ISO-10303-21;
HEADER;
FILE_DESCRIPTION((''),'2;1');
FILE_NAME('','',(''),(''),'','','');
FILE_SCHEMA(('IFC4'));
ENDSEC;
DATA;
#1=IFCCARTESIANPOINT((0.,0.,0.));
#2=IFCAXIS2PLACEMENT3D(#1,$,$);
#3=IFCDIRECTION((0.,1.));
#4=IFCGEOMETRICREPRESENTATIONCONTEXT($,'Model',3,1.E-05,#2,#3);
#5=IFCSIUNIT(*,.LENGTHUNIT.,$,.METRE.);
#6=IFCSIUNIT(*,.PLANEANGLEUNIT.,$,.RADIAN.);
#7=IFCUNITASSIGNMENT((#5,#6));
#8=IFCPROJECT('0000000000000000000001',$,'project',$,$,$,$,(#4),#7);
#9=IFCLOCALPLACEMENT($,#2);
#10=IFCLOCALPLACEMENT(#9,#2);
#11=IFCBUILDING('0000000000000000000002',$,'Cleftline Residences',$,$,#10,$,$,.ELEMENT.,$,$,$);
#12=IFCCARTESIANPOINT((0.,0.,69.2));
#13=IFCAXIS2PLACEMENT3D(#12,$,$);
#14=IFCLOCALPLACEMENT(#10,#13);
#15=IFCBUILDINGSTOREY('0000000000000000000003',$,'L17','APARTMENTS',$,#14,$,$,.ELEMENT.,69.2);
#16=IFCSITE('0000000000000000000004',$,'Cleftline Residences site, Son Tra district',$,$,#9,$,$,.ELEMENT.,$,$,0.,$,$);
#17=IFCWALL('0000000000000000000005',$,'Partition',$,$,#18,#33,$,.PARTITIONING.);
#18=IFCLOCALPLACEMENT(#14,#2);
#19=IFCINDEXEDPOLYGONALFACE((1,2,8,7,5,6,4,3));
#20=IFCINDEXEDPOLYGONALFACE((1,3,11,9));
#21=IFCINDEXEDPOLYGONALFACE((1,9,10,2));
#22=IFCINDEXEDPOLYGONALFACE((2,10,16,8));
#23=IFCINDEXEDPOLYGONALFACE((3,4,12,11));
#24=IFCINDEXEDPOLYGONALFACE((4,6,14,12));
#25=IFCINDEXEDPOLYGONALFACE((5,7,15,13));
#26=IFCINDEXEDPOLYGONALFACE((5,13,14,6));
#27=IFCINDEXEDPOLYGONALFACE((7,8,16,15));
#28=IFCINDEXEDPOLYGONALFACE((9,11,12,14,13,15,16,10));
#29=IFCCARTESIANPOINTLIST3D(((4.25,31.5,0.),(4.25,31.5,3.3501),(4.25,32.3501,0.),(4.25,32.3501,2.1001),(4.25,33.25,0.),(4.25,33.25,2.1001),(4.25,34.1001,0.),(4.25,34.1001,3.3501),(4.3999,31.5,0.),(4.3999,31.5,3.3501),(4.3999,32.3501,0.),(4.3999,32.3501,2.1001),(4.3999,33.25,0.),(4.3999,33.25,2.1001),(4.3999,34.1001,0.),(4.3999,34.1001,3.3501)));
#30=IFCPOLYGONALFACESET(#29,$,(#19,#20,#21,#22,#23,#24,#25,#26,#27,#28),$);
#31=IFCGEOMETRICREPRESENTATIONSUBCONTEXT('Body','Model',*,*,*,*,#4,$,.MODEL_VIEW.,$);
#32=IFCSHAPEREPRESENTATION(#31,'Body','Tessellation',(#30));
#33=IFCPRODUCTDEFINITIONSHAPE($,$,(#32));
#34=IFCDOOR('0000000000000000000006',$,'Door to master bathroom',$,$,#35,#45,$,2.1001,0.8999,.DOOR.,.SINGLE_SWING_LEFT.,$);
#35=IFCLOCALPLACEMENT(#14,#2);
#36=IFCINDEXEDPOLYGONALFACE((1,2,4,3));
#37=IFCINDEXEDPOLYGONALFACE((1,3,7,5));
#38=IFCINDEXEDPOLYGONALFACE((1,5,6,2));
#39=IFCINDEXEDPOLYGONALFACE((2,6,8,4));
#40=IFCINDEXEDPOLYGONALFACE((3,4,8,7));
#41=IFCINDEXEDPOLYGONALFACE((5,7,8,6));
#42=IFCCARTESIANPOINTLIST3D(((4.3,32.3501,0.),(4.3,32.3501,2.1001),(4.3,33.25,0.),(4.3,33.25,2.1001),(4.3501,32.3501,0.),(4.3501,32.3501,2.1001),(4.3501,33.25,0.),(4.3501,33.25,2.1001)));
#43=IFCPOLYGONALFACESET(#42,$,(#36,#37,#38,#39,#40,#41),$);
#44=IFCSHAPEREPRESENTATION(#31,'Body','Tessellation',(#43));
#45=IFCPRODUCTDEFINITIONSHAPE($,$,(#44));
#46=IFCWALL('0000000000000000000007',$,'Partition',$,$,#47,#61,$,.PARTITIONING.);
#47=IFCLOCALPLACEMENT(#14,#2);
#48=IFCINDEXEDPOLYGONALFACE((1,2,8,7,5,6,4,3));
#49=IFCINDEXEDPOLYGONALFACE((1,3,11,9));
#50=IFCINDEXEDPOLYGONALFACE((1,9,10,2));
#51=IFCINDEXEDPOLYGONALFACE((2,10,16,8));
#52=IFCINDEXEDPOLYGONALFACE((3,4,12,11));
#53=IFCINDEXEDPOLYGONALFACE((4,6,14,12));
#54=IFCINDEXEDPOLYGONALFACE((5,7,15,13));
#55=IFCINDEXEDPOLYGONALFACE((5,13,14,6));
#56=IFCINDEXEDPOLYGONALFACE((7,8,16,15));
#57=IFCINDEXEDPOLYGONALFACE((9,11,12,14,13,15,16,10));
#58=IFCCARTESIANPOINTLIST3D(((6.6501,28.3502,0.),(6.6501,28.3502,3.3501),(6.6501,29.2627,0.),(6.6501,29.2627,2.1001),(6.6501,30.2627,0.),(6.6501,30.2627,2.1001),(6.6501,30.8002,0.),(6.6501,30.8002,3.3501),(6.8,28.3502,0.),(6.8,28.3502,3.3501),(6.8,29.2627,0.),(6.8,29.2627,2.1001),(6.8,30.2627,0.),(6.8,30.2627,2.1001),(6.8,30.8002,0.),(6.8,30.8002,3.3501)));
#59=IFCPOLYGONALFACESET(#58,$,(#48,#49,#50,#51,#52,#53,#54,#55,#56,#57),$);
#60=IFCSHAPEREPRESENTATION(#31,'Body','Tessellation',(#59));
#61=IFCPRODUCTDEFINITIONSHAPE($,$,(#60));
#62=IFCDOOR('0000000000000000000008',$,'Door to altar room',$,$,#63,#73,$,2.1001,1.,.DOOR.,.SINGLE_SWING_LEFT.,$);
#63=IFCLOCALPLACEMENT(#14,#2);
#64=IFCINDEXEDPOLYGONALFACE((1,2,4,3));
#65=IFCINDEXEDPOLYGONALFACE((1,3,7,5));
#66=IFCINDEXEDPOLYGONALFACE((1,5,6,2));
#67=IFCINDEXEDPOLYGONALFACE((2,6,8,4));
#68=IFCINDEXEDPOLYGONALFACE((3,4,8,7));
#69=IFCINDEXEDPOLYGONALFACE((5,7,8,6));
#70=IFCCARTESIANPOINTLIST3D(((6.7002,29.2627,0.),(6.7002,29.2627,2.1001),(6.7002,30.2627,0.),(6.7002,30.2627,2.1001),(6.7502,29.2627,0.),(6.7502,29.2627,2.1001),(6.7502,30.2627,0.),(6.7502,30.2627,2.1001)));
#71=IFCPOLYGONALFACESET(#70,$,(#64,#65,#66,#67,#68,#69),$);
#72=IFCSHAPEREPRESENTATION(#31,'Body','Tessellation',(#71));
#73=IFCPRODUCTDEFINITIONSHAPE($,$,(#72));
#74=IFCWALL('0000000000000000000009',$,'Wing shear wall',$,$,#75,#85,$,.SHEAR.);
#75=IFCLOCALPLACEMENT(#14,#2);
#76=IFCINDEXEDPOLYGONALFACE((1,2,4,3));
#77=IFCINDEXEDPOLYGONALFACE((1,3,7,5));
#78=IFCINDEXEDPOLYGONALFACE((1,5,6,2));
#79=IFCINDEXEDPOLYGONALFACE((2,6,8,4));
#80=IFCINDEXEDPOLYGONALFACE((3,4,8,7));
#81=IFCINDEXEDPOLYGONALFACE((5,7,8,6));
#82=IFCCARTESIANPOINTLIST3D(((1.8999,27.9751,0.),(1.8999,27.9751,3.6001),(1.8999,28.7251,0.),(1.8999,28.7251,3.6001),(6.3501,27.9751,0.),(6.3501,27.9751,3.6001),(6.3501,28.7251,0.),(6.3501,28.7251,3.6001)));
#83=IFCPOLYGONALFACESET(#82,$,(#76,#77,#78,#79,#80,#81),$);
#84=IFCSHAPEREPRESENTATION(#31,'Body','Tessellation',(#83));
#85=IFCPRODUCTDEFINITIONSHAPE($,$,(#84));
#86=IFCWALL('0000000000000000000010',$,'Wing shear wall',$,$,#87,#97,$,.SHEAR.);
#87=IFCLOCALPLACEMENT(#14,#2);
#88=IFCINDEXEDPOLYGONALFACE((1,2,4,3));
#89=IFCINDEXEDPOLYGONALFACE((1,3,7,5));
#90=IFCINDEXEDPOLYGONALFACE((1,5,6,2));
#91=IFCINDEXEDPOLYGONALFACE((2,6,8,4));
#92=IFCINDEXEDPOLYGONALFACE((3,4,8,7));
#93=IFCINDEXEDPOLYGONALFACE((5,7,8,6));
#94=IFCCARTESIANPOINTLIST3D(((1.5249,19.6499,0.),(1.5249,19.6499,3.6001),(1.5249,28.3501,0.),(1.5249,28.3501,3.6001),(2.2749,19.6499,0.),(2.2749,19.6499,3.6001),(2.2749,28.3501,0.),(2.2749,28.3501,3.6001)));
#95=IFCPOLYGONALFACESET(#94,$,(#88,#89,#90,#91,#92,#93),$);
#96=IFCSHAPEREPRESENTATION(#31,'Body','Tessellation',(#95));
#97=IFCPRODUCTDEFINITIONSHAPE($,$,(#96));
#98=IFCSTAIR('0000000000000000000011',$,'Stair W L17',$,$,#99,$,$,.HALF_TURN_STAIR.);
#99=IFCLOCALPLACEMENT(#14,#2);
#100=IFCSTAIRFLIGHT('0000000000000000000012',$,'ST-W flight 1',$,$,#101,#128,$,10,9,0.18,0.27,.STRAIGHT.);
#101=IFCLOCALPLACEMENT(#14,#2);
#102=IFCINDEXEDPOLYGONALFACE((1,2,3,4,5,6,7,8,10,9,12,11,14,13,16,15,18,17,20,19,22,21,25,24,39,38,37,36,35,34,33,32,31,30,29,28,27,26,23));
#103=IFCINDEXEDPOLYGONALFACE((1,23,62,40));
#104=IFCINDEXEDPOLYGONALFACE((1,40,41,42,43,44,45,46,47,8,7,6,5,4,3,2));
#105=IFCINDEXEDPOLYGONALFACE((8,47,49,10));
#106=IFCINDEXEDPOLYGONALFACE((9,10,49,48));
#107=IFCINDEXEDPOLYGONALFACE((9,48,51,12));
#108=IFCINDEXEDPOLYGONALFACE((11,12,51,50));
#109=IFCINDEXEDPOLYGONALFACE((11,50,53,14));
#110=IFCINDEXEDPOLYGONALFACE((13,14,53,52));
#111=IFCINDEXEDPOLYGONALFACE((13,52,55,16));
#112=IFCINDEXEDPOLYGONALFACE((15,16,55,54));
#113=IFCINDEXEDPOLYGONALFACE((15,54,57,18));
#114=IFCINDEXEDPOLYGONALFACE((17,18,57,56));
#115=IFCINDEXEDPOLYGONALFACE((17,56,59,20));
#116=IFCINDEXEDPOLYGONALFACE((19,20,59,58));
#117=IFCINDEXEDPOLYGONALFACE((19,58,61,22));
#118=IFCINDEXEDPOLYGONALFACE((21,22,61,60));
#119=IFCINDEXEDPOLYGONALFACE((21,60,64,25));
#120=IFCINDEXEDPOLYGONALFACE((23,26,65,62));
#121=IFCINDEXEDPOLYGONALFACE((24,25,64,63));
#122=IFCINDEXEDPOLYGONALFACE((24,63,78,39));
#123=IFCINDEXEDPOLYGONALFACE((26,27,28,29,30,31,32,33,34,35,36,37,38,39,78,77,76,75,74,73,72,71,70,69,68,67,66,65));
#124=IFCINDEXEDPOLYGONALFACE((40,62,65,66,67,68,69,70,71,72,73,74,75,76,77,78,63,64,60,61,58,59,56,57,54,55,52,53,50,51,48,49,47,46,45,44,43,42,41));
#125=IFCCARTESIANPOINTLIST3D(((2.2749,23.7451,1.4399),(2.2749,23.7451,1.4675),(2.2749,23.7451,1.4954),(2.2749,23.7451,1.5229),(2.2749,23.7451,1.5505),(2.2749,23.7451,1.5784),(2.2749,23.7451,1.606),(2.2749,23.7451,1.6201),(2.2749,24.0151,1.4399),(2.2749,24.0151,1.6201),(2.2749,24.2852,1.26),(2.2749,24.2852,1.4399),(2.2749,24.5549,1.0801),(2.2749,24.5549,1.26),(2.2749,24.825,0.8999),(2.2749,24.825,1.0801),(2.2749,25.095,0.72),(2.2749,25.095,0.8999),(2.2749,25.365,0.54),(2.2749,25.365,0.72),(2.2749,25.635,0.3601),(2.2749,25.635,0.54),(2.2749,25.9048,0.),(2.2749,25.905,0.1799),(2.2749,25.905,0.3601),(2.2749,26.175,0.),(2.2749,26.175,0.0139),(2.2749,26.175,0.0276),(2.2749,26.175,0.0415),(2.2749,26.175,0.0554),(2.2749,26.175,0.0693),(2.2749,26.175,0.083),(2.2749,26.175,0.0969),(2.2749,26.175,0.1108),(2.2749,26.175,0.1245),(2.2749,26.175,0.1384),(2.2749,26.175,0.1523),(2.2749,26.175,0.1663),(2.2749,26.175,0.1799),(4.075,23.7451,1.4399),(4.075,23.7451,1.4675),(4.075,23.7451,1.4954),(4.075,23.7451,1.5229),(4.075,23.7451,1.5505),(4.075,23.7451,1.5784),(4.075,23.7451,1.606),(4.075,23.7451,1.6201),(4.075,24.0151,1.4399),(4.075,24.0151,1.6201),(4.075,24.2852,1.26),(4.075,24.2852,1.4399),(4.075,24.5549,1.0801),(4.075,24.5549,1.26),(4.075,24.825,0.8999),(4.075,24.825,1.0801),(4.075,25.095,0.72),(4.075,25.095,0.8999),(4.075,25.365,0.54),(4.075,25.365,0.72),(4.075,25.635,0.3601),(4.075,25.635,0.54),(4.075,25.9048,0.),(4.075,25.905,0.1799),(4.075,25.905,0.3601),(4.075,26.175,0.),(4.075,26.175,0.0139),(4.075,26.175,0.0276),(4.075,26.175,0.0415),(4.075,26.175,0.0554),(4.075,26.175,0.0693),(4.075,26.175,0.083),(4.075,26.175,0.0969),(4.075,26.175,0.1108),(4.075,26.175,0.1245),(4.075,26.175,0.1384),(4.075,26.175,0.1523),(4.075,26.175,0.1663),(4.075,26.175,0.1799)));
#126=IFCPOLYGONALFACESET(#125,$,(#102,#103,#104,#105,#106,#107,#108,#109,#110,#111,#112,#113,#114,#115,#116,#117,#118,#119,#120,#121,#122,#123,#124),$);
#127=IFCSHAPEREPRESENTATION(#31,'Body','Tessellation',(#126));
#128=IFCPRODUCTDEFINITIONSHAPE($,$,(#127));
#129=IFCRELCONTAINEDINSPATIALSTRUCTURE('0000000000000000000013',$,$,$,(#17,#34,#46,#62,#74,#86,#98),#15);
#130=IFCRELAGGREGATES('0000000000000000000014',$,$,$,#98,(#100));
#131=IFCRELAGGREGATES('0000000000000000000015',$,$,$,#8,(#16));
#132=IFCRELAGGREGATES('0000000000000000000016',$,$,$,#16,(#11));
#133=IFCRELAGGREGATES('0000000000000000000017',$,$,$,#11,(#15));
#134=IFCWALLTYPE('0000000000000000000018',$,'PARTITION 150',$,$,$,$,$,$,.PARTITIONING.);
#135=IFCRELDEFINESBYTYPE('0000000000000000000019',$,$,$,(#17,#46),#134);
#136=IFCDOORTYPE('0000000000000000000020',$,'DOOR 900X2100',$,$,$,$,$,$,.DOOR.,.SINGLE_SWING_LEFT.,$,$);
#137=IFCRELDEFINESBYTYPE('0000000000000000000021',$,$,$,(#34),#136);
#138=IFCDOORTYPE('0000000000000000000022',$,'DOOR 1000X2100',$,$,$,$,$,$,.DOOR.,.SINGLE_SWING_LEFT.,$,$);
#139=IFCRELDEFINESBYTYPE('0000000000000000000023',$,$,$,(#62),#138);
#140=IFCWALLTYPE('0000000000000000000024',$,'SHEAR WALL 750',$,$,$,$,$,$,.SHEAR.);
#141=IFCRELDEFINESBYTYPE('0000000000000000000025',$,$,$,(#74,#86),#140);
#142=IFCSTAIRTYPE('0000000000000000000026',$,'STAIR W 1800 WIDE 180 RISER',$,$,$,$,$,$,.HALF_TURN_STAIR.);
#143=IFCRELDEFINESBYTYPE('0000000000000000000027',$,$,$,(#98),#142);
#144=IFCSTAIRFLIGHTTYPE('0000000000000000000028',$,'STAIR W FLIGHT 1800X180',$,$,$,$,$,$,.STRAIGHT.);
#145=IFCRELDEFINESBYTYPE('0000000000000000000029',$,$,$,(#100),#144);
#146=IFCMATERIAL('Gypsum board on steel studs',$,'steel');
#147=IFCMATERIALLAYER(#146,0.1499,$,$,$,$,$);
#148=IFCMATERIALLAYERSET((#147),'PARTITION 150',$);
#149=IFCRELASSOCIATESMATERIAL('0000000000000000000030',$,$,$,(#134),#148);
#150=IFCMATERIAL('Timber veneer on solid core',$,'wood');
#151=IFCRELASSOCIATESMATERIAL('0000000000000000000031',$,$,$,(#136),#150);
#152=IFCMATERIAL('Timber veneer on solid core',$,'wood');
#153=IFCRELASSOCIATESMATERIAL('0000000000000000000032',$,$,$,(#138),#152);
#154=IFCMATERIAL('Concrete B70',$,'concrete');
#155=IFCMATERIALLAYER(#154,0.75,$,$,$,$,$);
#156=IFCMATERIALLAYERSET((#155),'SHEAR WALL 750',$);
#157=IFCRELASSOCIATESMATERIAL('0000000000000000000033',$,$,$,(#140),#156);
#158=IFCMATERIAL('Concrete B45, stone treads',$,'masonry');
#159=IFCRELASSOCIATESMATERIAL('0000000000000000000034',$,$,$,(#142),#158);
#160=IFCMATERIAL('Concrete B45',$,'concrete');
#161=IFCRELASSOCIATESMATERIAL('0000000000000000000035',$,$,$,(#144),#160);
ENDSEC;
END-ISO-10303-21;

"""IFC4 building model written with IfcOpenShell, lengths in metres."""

from ifc_helpers import new_model, si_unit, direction, frame, frame_2d, origin, place, context, subcontext, project, spatial, polyline, rectangle, outline, extrude, material, layer, layer_set, type_object, element, fill, aggregate, save


model = new_model("IFC4")

# Units and contexts
model_context = context("Model", 3, precision=1e-05, world=origin(), true_north=direction((0.0, 1.0)))
body_context = subcontext(model_context, "Body", "Model", "MODEL_VIEW")
ifc_project = project(units=[si_unit("LENGTHUNIT", "METRE"), si_unit("PLANEANGLEUNIT", "RADIAN")], contexts=[model_context])

# Site, building, storey
site_placement = place(None, origin())
site = spatial("IfcSite", under=ifc_project, at=site_placement, Name="Cleftline Residences site, Son Tra district", CompositionType="ELEMENT", RefElevation=0.0)
building_placement = place(site_placement, origin())
building = spatial("IfcBuilding", under=site, at=building_placement, Name="Cleftline Residences", CompositionType="ELEMENT")
storey_placement = place(building_placement, frame((0.0, 0.0, 69.2)))
storey = spatial("IfcBuildingStorey", under=building, at=storey_placement, Name="L17", Description="APARTMENTS", CompositionType="ELEMENT", Elevation=69.2)

# Shared definitions
ifc_material_1 = material(Name="Gypsum board on steel studs", Category="steel")
ifc_layer_1 = layer(ifc_material_1, 0.1499)
ifc_layer_set_1 = layer_set([ifc_layer_1], Name="PARTITION 150")
wall_type_1 = type_object("IfcWallType", Name="PARTITION 150", PredefinedType="PARTITIONING", material=ifc_layer_set_1)

# Walls, openings, doors
wall_1_placement = place(storey_placement, frame((4.325, 31.5, 0.0), z_axis=(0.0, 0.0, 1.0), x_axis=(0.0, 1.0, 0.0)))
wall_1 = element("IfcWall", 1, at=wall_1_placement, inside=storey, type_object=wall_type_1, Name="Partition", PredefinedType="PARTITIONING", context=body_context, shape_type="SweptSolid", body=[
    extrude(rectangle(XDim=2.6001, YDim=0.1499, at=frame_2d((1.3, 0.0))), origin(), (0.0, 0.0, 1.0), 3.3501),
])
opening_1_placement = place(wall_1_placement, frame((0.8501, 0.0, 0.0)))
opening_1 = element("IfcOpeningElement", 2, at=opening_1_placement, cuts=wall_1, PredefinedType="OPENING", context=body_context, shape_type="SweptSolid", body=[
    extrude(rectangle(XDim=0.8999, YDim=2.1001, at=frame_2d((0.45, 1.05))), frame((0.0, 0.085, 0.0), z_axis=(0.0, -1.0, 0.0), x_axis=(1.0, 0.0, 0.0)), (0.0, 0.0, 1.0), 0.1699),
])
ifc_material_2 = material(Name="Timber veneer on solid core", Category="wood")
door_type_1 = type_object("IfcDoorType", Name="DOOR 900X2100", OperationType="SINGLE_SWING_LEFT", PredefinedType="DOOR", material=ifc_material_2)
door_1_placement = place(opening_1_placement, origin())
door_1 = element("IfcDoor", 3, at=door_1_placement, inside=storey, type_object=door_type_1, Name="Door to master bathroom", OperationType="SINGLE_SWING_LEFT", OverallHeight=2.1001, OverallWidth=0.8999, PredefinedType="DOOR", context=body_context, shape_type="SweptSolid", body=[
    extrude(rectangle(XDim=0.8999, YDim=2.1001, at=frame_2d((0.45, 1.05))), frame((0.0, 0.0249, 0.0), z_axis=(0.0, -1.0, 0.0), x_axis=(1.0, 0.0, 0.0)), (0.0, 0.0, 1.0), 0.05),
])
fill(opening_1, door_1)
wall_2_placement = place(storey_placement, frame((6.7251, 28.3501, 0.0), z_axis=(0.0, 0.0, 1.0), x_axis=(0.0, 1.0, 0.0)))
wall_2 = element("IfcWall", 4, at=wall_2_placement, inside=storey, type_object=wall_type_1, Name="Partition", PredefinedType="PARTITIONING", context=body_context, shape_type="SweptSolid", body=[
    extrude(rectangle(XDim=2.45, YDim=0.1499, at=frame_2d((1.2251, 0.0))), origin(), (0.0, 0.0, 1.0), 3.3501),
])
opening_2_placement = place(wall_2_placement, frame((0.9126, 0.0, 0.0)))
opening_2 = element("IfcOpeningElement", 5, at=opening_2_placement, cuts=wall_2, PredefinedType="OPENING", context=body_context, shape_type="SweptSolid", body=[
    extrude(rectangle(XDim=1.0, YDim=2.1001, at=frame_2d((0.5, 1.05))), frame((0.0, 0.085, 0.0), z_axis=(0.0, -1.0, 0.0), x_axis=(1.0, 0.0, 0.0)), (0.0, 0.0, 1.0), 0.1699),
])
ifc_material_3 = material(Name="Timber veneer on solid core", Category="wood")
door_type_2 = type_object("IfcDoorType", Name="DOOR 1000X2100", OperationType="SINGLE_SWING_LEFT", PredefinedType="DOOR", material=ifc_material_3)
door_2_placement = place(opening_2_placement, origin())
door_2 = element("IfcDoor", 6, at=door_2_placement, inside=storey, type_object=door_type_2, Name="Door to altar room", OperationType="SINGLE_SWING_LEFT", OverallHeight=2.1001, OverallWidth=1.0, PredefinedType="DOOR", context=body_context, shape_type="SweptSolid", body=[
    extrude(rectangle(XDim=1.0, YDim=2.1001, at=frame_2d((0.5, 1.05))), frame((0.0, 0.0249, 0.0), z_axis=(0.0, -1.0, 0.0), x_axis=(1.0, 0.0, 0.0)), (0.0, 0.0, 1.0), 0.05),
])
fill(opening_2, door_2)

# Walls
ifc_material_4 = material(Name="Concrete B70", Category="concrete")
ifc_layer_2 = layer(ifc_material_4, 0.75)
ifc_layer_set_2 = layer_set([ifc_layer_2], Name="SHEAR WALL 750")
wall_type_2 = type_object("IfcWallType", Name="SHEAR WALL 750", PredefinedType="SHEAR", material=ifc_layer_set_2)
wall_3_placement = place(storey_placement, frame((6.3501, 28.3501, 0.0), z_axis=(0.0, 0.0, 1.0), x_axis=(-1.0, 0.0, 0.0)))
element("IfcWall", 7, at=wall_3_placement, inside=storey, type_object=wall_type_2, Name="Wing shear wall", PredefinedType="SHEAR", context=body_context, shape_type="SweptSolid", body=[
    extrude(rectangle(XDim=4.4502, YDim=0.75, at=frame_2d((2.2251, 0.0))), origin(), (0.0, 0.0, 1.0), 3.6001),
])
wall_4_placement = place(storey_placement, frame((1.8999, 28.3501, 0.0), z_axis=(0.0, 0.0, 1.0), x_axis=(0.0, -1.0, 0.0)))
element("IfcWall", 8, at=wall_4_placement, inside=storey, type_object=wall_type_2, Name="Wing shear wall", PredefinedType="SHEAR", context=body_context, shape_type="SweptSolid", body=[
    extrude(rectangle(XDim=8.7002, YDim=0.75, at=frame_2d((4.3501, 0.0))), origin(), (0.0, 0.0, 1.0), 3.6001),
])

# Stair, stair flight
ifc_material_5 = material(Name="Concrete B45, stone treads", Category="masonry")
stair_type = type_object("IfcStairType", Name="STAIR W 1800 WIDE 180 RISER", PredefinedType="HALF_TURN_STAIR", material=ifc_material_5)
stair_placement = place(storey_placement, origin())
stair = element("IfcStair", 9, at=stair_placement, inside=storey, type_object=stair_type, Name="Stair W L17", PredefinedType="HALF_TURN_STAIR")
ifc_material_6 = material(Name="Concrete B45", Category="concrete")
stair_flight_type = type_object("IfcStairFlightType", Name="STAIR W FLIGHT 1800X180", PredefinedType="STRAIGHT", material=ifc_material_6)
stair_flight_1_placement = place(storey_placement, frame((3.175, 26.175, 0.0), z_axis=(0.0, 0.0, 1.0), x_axis=(0.0, -1.0, 0.0)))
stair_flight_1 = element("IfcStairFlight", 10, at=stair_flight_1_placement, type_object=stair_flight_type, Name="ST-W flight 1", NumberOfRisers=10, NumberOfTreads=9, PredefinedType="STRAIGHT", RiserHeight=0.18, TreadLength=0.27, context=body_context, shape_type="SweptSolid", body=[
    extrude(outline(polyline([(0.0, 0.0), (0.0, 0.0139), (0.0, 0.0276), (0.0, 0.0415), (0.0, 0.0554), (0.0, 0.0693), (0.0, 0.083), (0.0, 0.0969), (0.0, 0.1108), (0.0, 0.1245), (0.0, 0.1384), (0.0, 0.1523), (0.0, 0.1663), (0.0, 0.1799), (0.27, 0.1799), (0.27, 0.3601), (0.54, 0.3601), (0.54, 0.54), (0.8101, 0.54), (0.8101, 0.72), (1.0801, 0.72), (1.0801, 0.8999), (1.3501, 0.8999), (1.3501, 1.0801), (1.6201, 1.0801), (1.6201, 1.26), (1.8899, 1.26), (1.8899, 1.4399), (2.1599, 1.4399), (2.1599, 1.6201), (2.4299, 1.6201), (2.4299, 1.8), (2.4299, 1.7722), (2.4299, 1.7446), (2.4299, 1.7168), (2.4299, 1.6892), (2.4299, 1.6614), (2.4299, 1.6338), (2.4299, 1.606), (2.4299, 1.5784), (2.4299, 1.5505), (2.4299, 1.5229), (2.4299, 1.4954), (2.4299, 1.4675), (2.4299, 1.4399), (0.2703, 0.0), (0.0, 0.0)])), frame((0.0, 0.8999, 0.0), z_axis=(0.0, -1.0, 0.0), x_axis=(1.0, 0.0, 0.0)), (0.0, 0.0, 1.0), 1.8),
])
aggregate(stair, [stair_flight_1])

save(model, "model.ifc")
